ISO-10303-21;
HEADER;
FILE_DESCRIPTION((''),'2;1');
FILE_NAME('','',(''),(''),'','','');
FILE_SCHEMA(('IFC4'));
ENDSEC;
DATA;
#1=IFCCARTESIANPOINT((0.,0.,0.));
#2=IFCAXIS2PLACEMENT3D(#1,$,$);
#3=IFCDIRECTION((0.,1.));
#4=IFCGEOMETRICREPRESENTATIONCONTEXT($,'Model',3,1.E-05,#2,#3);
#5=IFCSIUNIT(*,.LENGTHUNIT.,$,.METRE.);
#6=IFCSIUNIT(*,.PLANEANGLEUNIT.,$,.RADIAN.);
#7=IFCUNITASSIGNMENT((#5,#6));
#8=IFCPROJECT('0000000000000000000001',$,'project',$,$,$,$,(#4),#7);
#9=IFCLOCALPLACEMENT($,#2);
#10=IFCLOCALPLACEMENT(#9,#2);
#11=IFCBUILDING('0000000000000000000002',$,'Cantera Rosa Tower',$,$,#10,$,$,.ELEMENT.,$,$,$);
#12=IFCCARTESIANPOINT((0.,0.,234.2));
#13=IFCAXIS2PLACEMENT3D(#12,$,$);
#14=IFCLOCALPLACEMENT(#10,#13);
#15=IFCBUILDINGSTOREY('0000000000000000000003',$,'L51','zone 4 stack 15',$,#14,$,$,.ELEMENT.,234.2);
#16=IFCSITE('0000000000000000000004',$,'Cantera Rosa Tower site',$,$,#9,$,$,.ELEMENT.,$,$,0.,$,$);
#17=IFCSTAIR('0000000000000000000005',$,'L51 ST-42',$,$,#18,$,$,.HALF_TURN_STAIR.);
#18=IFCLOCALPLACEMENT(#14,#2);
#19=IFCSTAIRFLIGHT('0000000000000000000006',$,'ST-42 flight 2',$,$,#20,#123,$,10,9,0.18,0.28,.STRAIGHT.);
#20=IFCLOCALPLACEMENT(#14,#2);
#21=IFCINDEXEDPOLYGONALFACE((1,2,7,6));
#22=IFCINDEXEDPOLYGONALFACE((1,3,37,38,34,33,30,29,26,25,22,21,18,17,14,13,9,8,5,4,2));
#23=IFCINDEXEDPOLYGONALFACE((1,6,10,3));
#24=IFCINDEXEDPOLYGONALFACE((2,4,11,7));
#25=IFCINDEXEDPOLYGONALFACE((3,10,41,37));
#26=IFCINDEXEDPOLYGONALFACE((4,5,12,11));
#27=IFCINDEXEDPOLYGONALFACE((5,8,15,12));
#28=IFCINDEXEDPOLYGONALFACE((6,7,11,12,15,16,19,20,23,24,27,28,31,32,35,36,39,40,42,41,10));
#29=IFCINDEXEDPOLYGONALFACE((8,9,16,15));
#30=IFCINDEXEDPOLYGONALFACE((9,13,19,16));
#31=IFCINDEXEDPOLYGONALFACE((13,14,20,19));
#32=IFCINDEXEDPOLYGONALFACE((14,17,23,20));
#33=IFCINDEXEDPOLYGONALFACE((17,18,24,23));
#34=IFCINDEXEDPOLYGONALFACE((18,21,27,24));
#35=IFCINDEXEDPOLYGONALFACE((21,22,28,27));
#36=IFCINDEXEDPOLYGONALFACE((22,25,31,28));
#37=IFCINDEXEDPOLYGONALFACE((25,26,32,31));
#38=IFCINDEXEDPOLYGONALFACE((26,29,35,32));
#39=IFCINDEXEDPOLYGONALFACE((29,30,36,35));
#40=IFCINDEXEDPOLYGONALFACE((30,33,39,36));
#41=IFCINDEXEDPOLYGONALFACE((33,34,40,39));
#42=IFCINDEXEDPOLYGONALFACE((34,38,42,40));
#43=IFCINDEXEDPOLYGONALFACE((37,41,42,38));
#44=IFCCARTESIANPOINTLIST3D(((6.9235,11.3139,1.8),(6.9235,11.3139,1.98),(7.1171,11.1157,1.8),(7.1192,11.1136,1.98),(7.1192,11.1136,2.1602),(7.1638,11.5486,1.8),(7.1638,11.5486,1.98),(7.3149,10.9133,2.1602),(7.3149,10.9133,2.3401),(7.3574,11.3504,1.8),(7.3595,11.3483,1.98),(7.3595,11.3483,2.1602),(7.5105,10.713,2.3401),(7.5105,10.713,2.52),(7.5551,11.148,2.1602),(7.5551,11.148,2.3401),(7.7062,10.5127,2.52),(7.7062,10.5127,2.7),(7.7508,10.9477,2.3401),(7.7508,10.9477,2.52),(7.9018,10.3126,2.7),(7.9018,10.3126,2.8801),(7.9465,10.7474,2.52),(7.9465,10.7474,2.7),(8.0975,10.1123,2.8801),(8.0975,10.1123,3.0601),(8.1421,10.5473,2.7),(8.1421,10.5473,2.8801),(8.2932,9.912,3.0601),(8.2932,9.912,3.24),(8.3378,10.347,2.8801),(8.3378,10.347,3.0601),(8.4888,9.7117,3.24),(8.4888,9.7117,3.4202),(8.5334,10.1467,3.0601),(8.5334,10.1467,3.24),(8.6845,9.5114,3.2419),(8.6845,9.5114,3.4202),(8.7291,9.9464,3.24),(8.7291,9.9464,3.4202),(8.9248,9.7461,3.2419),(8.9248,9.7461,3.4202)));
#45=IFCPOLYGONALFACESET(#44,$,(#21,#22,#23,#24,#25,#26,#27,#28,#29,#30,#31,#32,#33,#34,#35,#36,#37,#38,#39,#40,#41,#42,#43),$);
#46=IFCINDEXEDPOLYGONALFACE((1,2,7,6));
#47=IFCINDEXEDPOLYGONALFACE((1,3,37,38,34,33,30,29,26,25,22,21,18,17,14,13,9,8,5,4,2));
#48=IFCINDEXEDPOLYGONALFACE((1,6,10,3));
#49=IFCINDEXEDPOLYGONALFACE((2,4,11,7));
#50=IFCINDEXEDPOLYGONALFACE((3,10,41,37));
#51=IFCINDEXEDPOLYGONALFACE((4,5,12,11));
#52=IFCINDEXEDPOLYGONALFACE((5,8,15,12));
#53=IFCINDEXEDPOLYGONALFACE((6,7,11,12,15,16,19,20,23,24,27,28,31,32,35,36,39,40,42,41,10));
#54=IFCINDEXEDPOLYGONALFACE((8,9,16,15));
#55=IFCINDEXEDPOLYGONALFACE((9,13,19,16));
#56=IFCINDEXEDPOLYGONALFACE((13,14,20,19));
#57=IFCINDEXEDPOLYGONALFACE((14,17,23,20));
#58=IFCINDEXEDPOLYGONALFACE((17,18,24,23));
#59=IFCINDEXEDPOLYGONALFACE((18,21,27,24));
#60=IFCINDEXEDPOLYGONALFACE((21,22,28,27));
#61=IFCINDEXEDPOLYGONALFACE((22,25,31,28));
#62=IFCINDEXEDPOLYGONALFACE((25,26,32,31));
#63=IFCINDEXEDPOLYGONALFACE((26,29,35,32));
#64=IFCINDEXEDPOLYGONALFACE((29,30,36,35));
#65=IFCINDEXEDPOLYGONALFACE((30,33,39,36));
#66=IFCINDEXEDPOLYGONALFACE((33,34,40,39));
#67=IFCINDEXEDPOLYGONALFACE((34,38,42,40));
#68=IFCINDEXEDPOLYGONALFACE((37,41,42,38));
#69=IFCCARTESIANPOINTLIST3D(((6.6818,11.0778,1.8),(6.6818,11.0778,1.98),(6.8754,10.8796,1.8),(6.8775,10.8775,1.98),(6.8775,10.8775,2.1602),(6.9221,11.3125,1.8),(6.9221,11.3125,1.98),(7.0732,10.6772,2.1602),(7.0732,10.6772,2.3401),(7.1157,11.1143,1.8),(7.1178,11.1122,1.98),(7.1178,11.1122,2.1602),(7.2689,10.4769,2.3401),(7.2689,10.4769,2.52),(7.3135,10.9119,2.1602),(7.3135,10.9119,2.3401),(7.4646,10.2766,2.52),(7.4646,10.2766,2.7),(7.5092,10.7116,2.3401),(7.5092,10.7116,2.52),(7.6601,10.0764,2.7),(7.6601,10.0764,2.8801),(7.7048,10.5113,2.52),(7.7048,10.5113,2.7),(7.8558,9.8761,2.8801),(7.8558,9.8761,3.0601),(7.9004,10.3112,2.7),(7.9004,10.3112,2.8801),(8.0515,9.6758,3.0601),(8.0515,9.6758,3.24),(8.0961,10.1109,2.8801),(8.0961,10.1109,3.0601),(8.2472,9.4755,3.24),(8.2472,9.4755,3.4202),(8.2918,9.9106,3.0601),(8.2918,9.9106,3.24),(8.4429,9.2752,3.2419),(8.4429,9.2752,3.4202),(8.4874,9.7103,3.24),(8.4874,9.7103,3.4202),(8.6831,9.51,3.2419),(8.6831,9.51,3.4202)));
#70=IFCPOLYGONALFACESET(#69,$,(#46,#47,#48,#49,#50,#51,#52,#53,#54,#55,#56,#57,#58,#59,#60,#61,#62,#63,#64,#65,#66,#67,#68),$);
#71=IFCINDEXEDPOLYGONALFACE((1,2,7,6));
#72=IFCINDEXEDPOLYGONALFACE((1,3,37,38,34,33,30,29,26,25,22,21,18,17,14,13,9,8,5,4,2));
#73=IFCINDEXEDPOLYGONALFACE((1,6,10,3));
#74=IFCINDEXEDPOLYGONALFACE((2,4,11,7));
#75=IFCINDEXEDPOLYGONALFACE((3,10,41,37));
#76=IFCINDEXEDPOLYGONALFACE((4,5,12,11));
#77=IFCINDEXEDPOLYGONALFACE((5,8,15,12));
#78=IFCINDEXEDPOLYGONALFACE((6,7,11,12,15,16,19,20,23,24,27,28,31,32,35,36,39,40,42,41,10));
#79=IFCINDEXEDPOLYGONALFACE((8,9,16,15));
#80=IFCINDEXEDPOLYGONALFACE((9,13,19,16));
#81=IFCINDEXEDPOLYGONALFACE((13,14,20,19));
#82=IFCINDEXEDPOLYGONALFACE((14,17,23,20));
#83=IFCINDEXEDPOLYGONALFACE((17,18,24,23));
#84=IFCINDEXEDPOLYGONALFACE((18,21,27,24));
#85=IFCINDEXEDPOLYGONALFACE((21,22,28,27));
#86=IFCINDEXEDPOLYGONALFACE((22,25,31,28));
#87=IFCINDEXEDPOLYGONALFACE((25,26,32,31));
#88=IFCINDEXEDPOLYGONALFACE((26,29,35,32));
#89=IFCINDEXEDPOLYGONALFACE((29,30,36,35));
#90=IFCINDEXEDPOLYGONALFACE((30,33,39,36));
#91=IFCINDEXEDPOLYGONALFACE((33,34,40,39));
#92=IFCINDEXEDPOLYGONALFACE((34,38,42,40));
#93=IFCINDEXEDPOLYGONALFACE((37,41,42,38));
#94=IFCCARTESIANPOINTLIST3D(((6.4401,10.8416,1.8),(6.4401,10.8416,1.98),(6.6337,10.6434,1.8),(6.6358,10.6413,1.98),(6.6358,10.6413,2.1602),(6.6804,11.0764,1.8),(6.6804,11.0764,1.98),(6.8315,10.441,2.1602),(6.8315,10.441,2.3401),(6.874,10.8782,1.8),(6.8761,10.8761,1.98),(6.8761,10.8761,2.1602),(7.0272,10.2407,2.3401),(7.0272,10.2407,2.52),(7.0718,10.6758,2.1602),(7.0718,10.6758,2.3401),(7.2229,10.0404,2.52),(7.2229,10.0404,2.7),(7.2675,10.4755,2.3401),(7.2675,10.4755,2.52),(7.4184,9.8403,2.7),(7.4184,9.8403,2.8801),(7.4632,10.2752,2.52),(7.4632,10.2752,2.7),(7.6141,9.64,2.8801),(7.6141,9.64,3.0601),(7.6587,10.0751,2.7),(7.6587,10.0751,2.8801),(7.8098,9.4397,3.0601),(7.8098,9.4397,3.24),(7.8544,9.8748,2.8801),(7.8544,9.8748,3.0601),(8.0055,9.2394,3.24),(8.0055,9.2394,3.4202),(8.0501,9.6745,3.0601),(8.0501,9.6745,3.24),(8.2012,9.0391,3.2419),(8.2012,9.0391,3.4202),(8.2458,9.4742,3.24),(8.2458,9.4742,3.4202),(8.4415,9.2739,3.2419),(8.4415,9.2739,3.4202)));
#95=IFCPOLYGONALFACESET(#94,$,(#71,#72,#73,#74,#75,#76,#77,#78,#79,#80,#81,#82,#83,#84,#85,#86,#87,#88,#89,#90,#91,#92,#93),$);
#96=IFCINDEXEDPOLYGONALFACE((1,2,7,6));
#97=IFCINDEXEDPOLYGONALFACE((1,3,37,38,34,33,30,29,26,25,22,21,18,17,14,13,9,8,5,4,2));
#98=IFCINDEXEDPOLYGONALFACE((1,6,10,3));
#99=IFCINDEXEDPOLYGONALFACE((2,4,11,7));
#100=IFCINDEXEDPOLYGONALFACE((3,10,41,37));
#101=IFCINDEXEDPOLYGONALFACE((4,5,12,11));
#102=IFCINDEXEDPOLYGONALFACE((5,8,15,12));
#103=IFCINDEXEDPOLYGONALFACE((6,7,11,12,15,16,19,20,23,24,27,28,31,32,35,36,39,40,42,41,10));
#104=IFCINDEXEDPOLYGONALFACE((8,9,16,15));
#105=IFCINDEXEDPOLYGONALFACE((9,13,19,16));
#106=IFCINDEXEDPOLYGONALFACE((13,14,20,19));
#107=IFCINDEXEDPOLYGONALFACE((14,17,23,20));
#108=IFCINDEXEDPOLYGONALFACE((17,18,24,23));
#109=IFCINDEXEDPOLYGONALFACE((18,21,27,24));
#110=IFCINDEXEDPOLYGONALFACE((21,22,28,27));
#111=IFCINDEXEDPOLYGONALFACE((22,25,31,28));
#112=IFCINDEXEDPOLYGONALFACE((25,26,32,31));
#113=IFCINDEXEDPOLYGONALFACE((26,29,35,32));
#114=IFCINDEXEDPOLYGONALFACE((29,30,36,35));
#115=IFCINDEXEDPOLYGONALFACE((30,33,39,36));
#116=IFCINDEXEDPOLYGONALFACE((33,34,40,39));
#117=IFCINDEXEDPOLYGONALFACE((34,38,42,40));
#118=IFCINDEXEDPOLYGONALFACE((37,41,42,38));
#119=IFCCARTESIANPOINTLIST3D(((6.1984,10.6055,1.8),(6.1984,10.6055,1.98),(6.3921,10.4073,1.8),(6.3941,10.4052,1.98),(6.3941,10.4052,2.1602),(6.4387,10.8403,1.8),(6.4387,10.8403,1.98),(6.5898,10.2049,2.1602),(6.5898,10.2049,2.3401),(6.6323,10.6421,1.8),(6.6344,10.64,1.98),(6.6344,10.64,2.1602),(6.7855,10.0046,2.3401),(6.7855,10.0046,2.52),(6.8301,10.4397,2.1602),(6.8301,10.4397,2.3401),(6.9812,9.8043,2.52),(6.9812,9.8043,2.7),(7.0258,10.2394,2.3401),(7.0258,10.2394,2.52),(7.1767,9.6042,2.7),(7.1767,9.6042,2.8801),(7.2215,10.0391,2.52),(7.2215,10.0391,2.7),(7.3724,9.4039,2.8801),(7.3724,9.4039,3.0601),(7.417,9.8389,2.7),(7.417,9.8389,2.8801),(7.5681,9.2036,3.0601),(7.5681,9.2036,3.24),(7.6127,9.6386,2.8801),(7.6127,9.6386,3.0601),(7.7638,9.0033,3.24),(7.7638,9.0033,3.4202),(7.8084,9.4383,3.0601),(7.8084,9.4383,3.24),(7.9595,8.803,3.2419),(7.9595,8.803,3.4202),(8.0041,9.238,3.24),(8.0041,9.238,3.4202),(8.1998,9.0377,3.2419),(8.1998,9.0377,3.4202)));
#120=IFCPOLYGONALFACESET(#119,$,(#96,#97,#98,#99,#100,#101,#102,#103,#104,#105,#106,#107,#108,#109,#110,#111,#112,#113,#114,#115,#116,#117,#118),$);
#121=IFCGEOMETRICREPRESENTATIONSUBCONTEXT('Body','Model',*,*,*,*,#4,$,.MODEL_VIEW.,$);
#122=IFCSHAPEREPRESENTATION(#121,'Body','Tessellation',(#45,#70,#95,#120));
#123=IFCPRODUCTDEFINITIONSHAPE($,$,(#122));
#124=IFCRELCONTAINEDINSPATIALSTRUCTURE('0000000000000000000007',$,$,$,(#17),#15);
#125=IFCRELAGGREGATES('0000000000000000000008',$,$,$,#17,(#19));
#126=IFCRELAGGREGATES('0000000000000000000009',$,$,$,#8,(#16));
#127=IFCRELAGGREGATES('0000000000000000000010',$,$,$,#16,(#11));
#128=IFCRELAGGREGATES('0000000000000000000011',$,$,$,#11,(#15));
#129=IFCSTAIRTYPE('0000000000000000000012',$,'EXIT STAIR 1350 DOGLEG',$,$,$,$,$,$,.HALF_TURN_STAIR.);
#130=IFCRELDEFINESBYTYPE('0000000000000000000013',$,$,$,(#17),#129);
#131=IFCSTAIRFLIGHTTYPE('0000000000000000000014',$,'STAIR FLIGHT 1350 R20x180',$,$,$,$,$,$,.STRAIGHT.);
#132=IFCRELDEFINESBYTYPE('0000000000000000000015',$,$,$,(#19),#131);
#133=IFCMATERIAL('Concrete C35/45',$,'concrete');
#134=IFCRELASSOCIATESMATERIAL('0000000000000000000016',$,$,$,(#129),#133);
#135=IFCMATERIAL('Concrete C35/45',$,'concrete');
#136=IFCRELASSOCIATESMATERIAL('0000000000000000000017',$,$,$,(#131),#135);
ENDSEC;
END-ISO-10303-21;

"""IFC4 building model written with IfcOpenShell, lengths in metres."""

from ifc_helpers import new_model, si_unit, direction, frame, origin, place, context, subcontext, project, spatial, polyline, outline, extrude, material, type_object, element, aggregate, save


model = new_model("IFC4")

# Units and contexts
model_context = context("Model", 3, precision=1e-05, world=origin(), true_north=direction((0.0, 1.0)))
body_context = subcontext(model_context, "Body", "Model", "MODEL_VIEW")
ifc_project = project(units=[si_unit("LENGTHUNIT", "METRE"), si_unit("PLANEANGLEUNIT", "RADIAN")], contexts=[model_context])

# Site, building, storey
site_placement = place(None, origin())
site = spatial("IfcSite", under=ifc_project, at=site_placement, Name="Cantera Rosa Tower site", CompositionType="ELEMENT", RefElevation=0.0)
building_placement = place(site_placement, origin())
building = spatial("IfcBuilding", under=site, at=building_placement, Name="Cantera Rosa Tower", CompositionType="ELEMENT")
storey_placement = place(building_placement, frame((0.0, 0.0, 234.2)))
storey = spatial("IfcBuildingStorey", under=building, at=storey_placement, Name="L51", Description="zone 4 stack 15", CompositionType="ELEMENT", Elevation=234.2)

# Shared definitions
ifc_material_1 = material(Name="Concrete C35/45", Category="concrete")
stair_type = type_object("IfcStairType", Name="EXIT STAIR 1350 DOGLEG", PredefinedType="HALF_TURN_STAIR", material=ifc_material_1)
ifc_material_2 = material(Name="Concrete C35/45", Category="concrete")
stair_flight_type = type_object("IfcStairFlightType", Name="STAIR FLIGHT 1350 R20x180", PredefinedType="STRAIGHT", material=ifc_material_2)

# Stair, stair flight
stair_1_placement = place(storey_placement, origin())
stair_1 = element("IfcStair", 1, at=stair_1_placement, inside=storey, type_object=stair_type, Name="L51 ST-42", PredefinedType="HALF_TURN_STAIR")
stair_flight_1_placement = place(storey_placement, frame((6.6809, 11.0769, 1.8), z_axis=(0.0, 0.0, 1.0), x_axis=(0.698832, -0.715286, 0.0)))
stair_flight_1 = element("IfcStairFlight", 2, at=stair_flight_1_placement, type_object=stair_flight_type, Name="ST-42 flight 2", NumberOfRisers=10, NumberOfTreads=9, PredefinedType="STRAIGHT", RiserHeight=0.18, TreadLength=0.28, context=body_context, shape_type="SweptSolid", body=[
    extrude(outline(polyline([(0.0, 0.0), (0.0, 0.1799), (0.28, 0.1799), (0.28, 0.3601), (0.5601, 0.3601), (0.5601, 0.54), (0.8401, 0.54), (0.8401, 0.72), (1.1201, 0.72), (1.1201, 0.8999), (1.3999, 0.8999), (1.3999, 1.0801), (1.6799, 1.0801), (1.6799, 1.26), (1.96, 1.26), (1.96, 1.4399), (2.24, 1.4399), (2.24, 1.6201), (2.52, 1.6201), (2.52, 1.8), (2.52, 1.4419), (0.2771, 0.0), (0.0, 0.0)])), frame((0.0, 0.675, 0.0), z_axis=(0.0, -1.0, 0.0), x_axis=(1.0, 0.0, 0.0)), (0.0, 0.0, 1.0), 0.3359),
    extrude(outline(polyline([(0.0, 0.0), (0.0, 0.1799), (0.28, 0.1799), (0.28, 0.3601), (0.5601, 0.3601), (0.5601, 0.54), (0.8401, 0.54), (0.8401, 0.72), (1.1201, 0.72), (1.1201, 0.8999), (1.3999, 0.8999), (1.3999, 1.0801), (1.6799, 1.0801), (1.6799, 1.26), (1.96, 1.26), (1.96, 1.4399), (2.24, 1.4399), (2.24, 1.6201), (2.52, 1.6201), (2.52, 1.8), (2.52, 1.4419), (0.2771, 0.0), (0.0, 0.0)])), frame((0.0, 0.3372, 0.0), z_axis=(0.0, -1.0, 0.0), x_axis=(1.0, 0.0, 0.0)), (0.0, 0.0, 1.0), 0.3359),
    extrude(outline(polyline([(0.0, 0.0), (0.0, 0.1799), (0.28, 0.1799), (0.28, 0.3601), (0.5601, 0.3601), (0.5601, 0.54), (0.8401, 0.54), (0.8401, 0.72), (1.1201, 0.72), (1.1201, 0.8999), (1.3999, 0.8999), (1.3999, 1.0801), (1.6799, 1.0801), (1.6799, 1.26), (1.96, 1.26), (1.96, 1.4399), (2.24, 1.4399), (2.24, 1.6201), (2.52, 1.6201), (2.52, 1.8), (2.52, 1.4419), (0.2771, 0.0), (0.0, 0.0)])), frame((0.0, -0.0007, 0.0), z_axis=(0.0, -1.0, 0.0), x_axis=(1.0, 0.0, 0.0)), (0.0, 0.0, 1.0), 0.3359),
    extrude(outline(polyline([(0.0, 0.0), (0.0, 0.1799), (0.28, 0.1799), (0.28, 0.3601), (0.5601, 0.3601), (0.5601, 0.54), (0.8401, 0.54), (0.8401, 0.72), (1.1201, 0.72), (1.1201, 0.8999), (1.3999, 0.8999), (1.3999, 1.0801), (1.6799, 1.0801), (1.6799, 1.26), (1.96, 1.26), (1.96, 1.4399), (2.24, 1.4399), (2.24, 1.6201), (2.52, 1.6201), (2.52, 1.8), (2.52, 1.4419), (0.2771, 0.0), (0.0, 0.0)])), frame((0.0, -0.3386, 0.0), z_axis=(0.0, -1.0, 0.0), x_axis=(1.0, 0.0, 0.0)), (0.0, 0.0, 1.0), 0.3359),
])
aggregate(stair_1, [stair_flight_1])

save(model, "model.ifc")
